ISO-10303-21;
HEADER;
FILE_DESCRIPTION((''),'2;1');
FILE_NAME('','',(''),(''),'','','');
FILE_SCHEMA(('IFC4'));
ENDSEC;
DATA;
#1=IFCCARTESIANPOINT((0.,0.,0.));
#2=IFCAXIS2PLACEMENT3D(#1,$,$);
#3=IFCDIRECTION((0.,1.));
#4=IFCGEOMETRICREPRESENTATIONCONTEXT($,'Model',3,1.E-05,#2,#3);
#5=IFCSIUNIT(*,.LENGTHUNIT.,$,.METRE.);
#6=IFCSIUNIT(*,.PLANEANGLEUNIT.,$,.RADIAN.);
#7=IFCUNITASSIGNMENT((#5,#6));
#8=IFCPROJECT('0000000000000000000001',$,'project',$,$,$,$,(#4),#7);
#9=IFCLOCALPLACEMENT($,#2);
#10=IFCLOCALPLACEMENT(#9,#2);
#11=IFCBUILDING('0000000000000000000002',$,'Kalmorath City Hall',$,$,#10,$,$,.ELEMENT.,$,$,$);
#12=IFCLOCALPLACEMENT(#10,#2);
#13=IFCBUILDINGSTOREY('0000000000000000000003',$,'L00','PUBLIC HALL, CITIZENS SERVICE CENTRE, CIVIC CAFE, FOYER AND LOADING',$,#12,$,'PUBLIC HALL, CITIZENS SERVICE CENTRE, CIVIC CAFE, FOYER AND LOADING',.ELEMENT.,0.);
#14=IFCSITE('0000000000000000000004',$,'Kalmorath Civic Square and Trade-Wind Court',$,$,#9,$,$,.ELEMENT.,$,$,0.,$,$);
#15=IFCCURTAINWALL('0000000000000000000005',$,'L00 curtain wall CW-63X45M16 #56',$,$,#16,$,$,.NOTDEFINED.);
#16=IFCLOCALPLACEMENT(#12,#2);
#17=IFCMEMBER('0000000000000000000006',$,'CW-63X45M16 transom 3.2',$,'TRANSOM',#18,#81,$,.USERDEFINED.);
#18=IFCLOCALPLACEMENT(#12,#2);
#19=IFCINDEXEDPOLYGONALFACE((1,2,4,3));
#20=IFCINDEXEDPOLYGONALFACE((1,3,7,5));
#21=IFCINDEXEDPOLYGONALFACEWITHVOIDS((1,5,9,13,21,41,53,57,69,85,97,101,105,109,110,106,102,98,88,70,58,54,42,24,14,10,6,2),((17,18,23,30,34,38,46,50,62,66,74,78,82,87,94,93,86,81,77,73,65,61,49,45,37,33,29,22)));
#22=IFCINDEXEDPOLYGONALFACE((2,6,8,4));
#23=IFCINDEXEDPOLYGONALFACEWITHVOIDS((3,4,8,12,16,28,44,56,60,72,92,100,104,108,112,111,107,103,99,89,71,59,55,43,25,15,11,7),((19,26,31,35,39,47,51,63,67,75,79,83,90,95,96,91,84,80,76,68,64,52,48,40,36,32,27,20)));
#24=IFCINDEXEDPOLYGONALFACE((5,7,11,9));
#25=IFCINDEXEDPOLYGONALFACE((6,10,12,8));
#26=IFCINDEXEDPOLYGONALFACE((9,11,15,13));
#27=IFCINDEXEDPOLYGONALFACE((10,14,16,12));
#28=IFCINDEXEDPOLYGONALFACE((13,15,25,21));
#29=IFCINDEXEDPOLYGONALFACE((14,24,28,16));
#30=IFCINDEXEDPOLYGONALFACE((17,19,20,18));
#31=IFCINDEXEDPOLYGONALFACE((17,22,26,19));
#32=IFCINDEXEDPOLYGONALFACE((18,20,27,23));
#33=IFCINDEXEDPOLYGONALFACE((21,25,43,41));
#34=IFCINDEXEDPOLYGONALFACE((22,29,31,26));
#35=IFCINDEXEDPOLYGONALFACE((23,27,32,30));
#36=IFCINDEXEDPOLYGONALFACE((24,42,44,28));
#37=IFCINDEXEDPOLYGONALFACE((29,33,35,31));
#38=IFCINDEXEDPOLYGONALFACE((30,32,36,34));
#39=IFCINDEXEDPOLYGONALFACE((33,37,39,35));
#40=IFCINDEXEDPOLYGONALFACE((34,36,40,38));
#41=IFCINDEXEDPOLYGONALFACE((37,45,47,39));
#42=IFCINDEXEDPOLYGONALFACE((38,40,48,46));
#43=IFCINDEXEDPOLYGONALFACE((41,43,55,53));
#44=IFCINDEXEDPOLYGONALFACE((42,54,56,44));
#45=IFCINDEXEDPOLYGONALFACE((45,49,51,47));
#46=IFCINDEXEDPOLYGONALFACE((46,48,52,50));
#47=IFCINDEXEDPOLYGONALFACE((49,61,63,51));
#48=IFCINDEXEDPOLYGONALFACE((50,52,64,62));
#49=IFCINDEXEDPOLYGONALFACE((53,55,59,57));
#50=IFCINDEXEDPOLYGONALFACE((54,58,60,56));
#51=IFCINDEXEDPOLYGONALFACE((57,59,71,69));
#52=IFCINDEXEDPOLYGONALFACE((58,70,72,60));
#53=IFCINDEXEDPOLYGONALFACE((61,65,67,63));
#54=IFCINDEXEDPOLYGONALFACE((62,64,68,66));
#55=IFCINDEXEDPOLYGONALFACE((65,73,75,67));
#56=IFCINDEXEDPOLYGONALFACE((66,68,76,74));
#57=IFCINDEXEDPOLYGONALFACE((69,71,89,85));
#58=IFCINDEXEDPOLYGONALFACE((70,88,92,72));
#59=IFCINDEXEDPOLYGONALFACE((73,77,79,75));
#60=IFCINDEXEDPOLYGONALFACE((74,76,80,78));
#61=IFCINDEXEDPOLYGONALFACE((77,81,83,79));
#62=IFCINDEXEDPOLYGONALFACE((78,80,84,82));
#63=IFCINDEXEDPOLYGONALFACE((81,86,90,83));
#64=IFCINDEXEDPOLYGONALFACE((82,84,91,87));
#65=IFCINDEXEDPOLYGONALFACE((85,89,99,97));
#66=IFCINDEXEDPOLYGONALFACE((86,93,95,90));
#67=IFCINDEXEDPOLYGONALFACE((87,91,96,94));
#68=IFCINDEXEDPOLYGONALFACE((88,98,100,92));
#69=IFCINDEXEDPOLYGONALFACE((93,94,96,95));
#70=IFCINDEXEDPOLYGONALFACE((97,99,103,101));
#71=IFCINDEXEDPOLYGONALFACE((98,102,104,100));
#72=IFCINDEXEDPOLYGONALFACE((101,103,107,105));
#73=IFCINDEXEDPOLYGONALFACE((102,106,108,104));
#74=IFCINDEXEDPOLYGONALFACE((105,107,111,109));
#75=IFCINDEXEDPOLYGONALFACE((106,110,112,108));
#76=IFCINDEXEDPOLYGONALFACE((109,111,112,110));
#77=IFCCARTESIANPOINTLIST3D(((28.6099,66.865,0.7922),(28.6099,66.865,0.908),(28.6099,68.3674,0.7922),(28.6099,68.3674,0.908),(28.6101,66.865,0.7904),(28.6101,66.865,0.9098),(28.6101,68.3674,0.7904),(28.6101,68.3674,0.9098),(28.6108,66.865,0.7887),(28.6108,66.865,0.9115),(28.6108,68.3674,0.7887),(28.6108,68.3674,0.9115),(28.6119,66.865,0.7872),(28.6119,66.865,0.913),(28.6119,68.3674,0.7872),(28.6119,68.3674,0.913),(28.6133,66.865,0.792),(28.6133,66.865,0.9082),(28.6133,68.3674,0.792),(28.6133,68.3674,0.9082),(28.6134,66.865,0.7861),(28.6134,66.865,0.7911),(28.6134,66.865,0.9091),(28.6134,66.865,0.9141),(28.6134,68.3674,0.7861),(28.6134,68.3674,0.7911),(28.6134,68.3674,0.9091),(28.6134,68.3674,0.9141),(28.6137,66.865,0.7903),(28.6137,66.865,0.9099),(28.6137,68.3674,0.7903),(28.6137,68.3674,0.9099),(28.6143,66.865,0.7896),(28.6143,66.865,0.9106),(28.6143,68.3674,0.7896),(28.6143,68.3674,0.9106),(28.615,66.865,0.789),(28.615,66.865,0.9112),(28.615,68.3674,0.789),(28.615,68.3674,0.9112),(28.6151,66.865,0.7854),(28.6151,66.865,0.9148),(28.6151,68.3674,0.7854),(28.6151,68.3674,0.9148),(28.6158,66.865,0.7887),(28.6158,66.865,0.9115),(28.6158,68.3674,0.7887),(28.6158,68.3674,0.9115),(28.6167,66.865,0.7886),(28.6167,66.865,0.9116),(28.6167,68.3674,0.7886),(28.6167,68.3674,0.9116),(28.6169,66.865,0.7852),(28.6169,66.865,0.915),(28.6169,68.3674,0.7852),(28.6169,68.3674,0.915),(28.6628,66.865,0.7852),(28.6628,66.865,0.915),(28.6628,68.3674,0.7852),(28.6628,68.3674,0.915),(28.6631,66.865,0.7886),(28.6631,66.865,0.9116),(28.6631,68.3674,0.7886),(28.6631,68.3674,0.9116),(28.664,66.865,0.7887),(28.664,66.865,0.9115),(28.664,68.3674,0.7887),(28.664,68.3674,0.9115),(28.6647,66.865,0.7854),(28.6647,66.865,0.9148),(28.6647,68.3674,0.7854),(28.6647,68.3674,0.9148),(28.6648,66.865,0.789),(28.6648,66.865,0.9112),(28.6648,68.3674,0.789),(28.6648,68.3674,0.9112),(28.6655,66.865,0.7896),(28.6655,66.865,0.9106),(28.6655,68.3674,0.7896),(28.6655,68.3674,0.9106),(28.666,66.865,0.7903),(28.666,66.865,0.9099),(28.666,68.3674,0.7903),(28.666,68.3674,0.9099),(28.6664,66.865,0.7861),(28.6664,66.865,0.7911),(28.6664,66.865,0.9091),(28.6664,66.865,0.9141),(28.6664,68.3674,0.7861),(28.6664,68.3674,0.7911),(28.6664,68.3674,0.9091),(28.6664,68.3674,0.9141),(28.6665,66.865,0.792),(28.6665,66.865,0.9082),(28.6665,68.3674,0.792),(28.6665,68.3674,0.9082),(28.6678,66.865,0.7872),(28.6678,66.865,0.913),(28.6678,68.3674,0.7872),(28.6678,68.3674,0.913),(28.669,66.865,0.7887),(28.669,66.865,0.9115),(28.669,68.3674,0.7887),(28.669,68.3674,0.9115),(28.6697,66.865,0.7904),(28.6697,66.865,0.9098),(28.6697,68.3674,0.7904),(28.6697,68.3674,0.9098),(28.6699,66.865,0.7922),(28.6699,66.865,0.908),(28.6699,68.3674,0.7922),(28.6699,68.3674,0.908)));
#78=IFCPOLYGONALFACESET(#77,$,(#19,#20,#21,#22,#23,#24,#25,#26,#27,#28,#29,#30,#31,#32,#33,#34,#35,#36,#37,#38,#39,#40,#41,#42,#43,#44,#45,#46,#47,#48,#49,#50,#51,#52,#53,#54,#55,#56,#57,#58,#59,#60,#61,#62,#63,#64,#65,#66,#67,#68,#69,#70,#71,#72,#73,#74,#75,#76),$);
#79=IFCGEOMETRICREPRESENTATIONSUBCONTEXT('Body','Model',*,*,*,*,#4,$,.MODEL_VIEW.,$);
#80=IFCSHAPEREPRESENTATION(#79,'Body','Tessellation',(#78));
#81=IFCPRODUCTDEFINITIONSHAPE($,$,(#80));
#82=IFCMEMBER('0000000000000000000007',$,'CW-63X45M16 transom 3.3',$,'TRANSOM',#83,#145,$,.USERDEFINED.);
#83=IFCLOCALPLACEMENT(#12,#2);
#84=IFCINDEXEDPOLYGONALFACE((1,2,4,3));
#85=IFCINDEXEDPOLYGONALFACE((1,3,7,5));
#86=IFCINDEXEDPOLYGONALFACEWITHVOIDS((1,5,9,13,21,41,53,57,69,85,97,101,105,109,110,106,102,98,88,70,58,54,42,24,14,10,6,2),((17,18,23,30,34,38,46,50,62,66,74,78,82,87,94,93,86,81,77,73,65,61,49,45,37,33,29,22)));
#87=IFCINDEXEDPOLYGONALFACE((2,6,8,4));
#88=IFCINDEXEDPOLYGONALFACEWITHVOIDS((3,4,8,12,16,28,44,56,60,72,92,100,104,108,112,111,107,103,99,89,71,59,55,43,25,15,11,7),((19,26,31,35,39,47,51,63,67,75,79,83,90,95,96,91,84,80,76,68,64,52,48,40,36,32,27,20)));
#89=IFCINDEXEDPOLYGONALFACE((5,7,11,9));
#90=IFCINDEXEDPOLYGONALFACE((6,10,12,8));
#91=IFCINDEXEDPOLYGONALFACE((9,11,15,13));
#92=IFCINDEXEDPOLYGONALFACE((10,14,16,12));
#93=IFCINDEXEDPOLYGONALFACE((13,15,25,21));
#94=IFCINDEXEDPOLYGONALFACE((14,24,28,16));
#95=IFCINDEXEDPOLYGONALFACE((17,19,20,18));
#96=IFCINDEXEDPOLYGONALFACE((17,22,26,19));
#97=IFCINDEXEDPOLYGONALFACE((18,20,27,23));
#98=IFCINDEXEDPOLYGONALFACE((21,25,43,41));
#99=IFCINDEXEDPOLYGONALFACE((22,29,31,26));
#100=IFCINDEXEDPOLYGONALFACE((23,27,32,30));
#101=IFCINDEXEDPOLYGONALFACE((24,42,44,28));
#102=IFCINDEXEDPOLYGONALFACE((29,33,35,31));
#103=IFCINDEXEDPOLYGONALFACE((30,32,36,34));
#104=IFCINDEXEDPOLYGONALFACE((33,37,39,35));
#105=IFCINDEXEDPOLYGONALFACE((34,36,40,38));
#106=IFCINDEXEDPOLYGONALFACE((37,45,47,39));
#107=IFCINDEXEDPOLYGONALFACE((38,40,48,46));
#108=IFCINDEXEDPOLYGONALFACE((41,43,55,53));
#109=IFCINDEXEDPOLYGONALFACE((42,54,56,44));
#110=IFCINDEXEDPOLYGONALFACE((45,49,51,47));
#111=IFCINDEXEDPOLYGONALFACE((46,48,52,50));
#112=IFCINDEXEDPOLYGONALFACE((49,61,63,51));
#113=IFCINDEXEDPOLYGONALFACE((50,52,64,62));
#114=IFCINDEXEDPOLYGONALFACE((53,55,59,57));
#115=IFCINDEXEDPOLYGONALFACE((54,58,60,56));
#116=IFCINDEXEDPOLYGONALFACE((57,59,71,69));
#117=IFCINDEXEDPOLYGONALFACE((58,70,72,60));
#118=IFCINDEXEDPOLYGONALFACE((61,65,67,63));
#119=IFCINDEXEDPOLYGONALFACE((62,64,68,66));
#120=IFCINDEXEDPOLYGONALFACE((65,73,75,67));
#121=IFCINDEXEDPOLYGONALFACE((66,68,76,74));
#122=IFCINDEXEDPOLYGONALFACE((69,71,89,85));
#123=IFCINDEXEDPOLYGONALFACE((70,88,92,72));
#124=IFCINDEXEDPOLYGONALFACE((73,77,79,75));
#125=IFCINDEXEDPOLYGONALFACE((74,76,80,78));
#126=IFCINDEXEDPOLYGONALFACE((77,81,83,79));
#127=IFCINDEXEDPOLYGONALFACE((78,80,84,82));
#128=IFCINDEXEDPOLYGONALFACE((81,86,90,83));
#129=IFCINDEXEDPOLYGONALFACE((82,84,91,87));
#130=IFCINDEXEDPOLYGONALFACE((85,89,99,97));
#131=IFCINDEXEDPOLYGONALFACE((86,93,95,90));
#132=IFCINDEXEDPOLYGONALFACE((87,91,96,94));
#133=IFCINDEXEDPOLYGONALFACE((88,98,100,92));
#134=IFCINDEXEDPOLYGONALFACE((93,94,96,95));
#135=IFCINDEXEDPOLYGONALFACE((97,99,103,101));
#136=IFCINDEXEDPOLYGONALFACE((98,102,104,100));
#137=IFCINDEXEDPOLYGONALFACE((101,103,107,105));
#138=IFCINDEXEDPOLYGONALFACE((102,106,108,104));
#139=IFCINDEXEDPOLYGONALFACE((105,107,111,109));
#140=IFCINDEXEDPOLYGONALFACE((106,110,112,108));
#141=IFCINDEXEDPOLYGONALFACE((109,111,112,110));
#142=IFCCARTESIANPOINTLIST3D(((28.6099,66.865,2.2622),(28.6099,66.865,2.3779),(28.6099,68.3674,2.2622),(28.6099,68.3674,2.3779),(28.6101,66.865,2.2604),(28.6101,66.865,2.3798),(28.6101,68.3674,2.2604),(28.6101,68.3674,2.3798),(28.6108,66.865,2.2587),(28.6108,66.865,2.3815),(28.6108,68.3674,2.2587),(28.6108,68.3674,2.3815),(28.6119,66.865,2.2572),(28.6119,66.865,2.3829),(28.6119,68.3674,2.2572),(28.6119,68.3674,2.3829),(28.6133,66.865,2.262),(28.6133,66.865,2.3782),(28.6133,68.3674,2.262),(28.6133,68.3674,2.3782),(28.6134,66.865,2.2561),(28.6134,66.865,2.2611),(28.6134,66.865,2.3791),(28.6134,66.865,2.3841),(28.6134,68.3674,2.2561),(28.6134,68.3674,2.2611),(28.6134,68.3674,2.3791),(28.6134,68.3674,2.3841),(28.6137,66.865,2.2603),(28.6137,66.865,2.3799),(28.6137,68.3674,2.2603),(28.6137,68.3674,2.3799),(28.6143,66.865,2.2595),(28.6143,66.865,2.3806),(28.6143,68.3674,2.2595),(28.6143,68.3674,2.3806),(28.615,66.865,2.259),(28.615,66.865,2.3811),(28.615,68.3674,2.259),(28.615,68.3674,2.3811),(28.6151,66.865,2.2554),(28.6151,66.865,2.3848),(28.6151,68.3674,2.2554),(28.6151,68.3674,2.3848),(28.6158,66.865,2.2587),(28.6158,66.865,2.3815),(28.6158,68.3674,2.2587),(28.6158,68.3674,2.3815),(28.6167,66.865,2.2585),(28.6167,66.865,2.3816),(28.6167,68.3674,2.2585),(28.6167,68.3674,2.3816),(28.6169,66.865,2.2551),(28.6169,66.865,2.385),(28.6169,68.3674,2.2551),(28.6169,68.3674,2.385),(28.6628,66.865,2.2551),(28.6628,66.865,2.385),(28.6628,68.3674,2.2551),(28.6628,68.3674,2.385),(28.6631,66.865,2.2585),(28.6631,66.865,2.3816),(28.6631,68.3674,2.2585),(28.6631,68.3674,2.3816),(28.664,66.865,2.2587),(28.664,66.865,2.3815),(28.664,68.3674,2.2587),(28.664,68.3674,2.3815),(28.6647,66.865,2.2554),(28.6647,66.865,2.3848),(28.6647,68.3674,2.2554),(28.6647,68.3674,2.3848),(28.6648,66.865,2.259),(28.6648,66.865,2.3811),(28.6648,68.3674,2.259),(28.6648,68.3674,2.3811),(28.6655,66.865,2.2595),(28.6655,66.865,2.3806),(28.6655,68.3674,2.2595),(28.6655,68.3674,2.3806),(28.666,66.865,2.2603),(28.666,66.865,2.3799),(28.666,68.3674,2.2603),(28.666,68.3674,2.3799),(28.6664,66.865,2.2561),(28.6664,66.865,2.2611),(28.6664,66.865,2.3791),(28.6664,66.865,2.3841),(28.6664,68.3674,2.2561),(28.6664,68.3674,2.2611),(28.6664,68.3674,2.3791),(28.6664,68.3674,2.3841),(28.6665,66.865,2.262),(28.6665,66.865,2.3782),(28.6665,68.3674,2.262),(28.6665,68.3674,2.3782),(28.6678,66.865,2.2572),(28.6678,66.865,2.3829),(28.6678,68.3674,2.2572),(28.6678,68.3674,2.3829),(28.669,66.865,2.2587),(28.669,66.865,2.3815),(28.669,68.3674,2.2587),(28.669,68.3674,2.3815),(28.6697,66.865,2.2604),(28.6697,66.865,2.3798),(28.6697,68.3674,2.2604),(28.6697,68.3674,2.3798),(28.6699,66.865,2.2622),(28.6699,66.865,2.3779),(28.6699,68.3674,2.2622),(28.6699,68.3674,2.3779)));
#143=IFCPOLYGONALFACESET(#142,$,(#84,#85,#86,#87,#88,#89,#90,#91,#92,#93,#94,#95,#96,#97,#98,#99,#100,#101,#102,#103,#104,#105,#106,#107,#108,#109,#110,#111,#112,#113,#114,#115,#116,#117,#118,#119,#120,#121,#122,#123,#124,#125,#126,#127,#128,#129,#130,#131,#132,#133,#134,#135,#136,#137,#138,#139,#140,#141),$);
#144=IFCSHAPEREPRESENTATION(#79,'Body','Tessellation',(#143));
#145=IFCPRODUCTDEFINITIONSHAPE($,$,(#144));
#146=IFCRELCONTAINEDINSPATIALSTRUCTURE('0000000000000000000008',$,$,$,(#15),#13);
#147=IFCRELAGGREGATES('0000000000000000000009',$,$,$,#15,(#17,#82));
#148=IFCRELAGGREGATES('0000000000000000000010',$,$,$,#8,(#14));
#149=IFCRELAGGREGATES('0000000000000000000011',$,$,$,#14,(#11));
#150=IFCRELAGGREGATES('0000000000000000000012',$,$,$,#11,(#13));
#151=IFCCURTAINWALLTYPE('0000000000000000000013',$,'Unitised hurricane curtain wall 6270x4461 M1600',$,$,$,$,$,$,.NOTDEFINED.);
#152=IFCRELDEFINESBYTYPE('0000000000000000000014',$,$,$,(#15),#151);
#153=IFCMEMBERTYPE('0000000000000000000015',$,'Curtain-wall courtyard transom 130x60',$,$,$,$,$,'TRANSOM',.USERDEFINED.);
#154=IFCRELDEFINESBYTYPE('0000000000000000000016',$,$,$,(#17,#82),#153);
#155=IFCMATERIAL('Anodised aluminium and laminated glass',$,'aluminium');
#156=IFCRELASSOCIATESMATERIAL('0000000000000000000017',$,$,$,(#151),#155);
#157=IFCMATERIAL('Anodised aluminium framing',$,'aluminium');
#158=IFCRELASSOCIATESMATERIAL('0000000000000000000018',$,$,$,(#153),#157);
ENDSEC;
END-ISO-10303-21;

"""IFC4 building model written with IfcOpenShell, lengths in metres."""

from ifc_helpers import new_model, si_unit, direction, frame, origin, origin_2d, place, context, subcontext, project, spatial, hollow_rectangle, extrude, material, material_profile, profile_set, type_object, element, aggregate, save


model = new_model("IFC4")

# Units and contexts
model_context = context("Model", 3, precision=1e-05, world=origin(), true_north=direction((0.0, 1.0)))
body_context = subcontext(model_context, "Body", "Model", "MODEL_VIEW")
ifc_project = project(units=[si_unit("LENGTHUNIT", "METRE"), si_unit("PLANEANGLEUNIT", "RADIAN")], contexts=[model_context])

# Site, building, storey
site_placement = place(None, origin())
site = spatial("IfcSite", under=ifc_project, at=site_placement, Name="Kalmorath Civic Square and Trade-Wind Court", CompositionType="ELEMENT", RefElevation=0.0)
building_placement = place(site_placement, origin())
building = spatial("IfcBuilding", under=site, at=building_placement, Name="Kalmorath City Hall", CompositionType="ELEMENT")
storey_placement = place(building_placement, origin())
storey = spatial("IfcBuildingStorey", under=building, at=storey_placement, Name="L00", Description="PUBLIC HALL, CITIZENS SERVICE CENTRE, CIVIC CAFE, FOYER AND LOADING", LongName="PUBLIC HALL, CITIZENS SERVICE CENTRE, CIVIC CAFE, FOYER AND LOADING", CompositionType="ELEMENT", Elevation=0.0)

# Curtain wall, members
ifc_material_1 = material(Name="Anodised aluminium and laminated glass", Category="aluminium")
curtain_wall_type = type_object("IfcCurtainWallType", Name="Unitised hurricane curtain wall 6270x4461 M1600", PredefinedType="NOTDEFINED", material=ifc_material_1)
curtain_wall_placement = place(storey_placement, origin())
curtain_wall = element("IfcCurtainWall", 1, at=curtain_wall_placement, inside=storey, type_object=curtain_wall_type, Name="L00 curtain wall CW-63X45M16 #56", PredefinedType="NOTDEFINED")
ifc_material_2 = material(Name="Anodised aluminium framing", Category="aluminium")
ifc_material_profile_1 = material_profile(ifc_material_2, hollow_rectangle(XDim=0.0601, YDim=0.1299, WallThickness=0.0034, InnerFilletRadius=0.0034, OuterFilletRadius=0.0071, at=origin_2d()), Name="ALU-TRN-130X60X3.5")
ifc_profile_set_1 = profile_set([ifc_material_profile_1], Name="Anodised aluminium framing")
member_type_1 = type_object("IfcMemberType", Name="Curtain-wall courtyard transom 130x60", ElementType="TRANSOM", PredefinedType="USERDEFINED", material=ifc_profile_set_1)
member_1_placement = place(storey_placement, frame((28.6399, 68.3674, 0.8501), z_axis=(0.0, -1.0, 0.0), x_axis=(1.0, 0.0, 0.0)))
member_1 = element("IfcMember", 2, at=member_1_placement, type_object=member_type_1, Name="CW-63X45M16 transom 3.2", ObjectType="TRANSOM", PredefinedType="USERDEFINED", context=body_context, shape_type="SweptSolid", body=[
    extrude(hollow_rectangle(XDim=0.0601, YDim=0.1299, WallThickness=0.0034, InnerFilletRadius=0.0034, OuterFilletRadius=0.0071, at=origin_2d()), origin(), (0.0, 0.0, 1.0), 1.5024),
])
member_2_placement = place(storey_placement, frame((28.6399, 68.3674, 2.3201), z_axis=(0.0, -1.0, 0.0), x_axis=(1.0, 0.0, 0.0)))
member_2 = element("IfcMember", 3, at=member_2_placement, type_object=member_type_1, Name="CW-63X45M16 transom 3.3", ObjectType="TRANSOM", PredefinedType="USERDEFINED", context=body_context, shape_type="SweptSolid", body=[
    extrude(hollow_rectangle(XDim=0.0601, YDim=0.1299, WallThickness=0.0034, InnerFilletRadius=0.0034, OuterFilletRadius=0.0071, at=origin_2d()), origin(), (0.0, 0.0, 1.0), 1.5024),
])

aggregate(curtain_wall, [member_1, member_2])

save(model, "model.ifc")
